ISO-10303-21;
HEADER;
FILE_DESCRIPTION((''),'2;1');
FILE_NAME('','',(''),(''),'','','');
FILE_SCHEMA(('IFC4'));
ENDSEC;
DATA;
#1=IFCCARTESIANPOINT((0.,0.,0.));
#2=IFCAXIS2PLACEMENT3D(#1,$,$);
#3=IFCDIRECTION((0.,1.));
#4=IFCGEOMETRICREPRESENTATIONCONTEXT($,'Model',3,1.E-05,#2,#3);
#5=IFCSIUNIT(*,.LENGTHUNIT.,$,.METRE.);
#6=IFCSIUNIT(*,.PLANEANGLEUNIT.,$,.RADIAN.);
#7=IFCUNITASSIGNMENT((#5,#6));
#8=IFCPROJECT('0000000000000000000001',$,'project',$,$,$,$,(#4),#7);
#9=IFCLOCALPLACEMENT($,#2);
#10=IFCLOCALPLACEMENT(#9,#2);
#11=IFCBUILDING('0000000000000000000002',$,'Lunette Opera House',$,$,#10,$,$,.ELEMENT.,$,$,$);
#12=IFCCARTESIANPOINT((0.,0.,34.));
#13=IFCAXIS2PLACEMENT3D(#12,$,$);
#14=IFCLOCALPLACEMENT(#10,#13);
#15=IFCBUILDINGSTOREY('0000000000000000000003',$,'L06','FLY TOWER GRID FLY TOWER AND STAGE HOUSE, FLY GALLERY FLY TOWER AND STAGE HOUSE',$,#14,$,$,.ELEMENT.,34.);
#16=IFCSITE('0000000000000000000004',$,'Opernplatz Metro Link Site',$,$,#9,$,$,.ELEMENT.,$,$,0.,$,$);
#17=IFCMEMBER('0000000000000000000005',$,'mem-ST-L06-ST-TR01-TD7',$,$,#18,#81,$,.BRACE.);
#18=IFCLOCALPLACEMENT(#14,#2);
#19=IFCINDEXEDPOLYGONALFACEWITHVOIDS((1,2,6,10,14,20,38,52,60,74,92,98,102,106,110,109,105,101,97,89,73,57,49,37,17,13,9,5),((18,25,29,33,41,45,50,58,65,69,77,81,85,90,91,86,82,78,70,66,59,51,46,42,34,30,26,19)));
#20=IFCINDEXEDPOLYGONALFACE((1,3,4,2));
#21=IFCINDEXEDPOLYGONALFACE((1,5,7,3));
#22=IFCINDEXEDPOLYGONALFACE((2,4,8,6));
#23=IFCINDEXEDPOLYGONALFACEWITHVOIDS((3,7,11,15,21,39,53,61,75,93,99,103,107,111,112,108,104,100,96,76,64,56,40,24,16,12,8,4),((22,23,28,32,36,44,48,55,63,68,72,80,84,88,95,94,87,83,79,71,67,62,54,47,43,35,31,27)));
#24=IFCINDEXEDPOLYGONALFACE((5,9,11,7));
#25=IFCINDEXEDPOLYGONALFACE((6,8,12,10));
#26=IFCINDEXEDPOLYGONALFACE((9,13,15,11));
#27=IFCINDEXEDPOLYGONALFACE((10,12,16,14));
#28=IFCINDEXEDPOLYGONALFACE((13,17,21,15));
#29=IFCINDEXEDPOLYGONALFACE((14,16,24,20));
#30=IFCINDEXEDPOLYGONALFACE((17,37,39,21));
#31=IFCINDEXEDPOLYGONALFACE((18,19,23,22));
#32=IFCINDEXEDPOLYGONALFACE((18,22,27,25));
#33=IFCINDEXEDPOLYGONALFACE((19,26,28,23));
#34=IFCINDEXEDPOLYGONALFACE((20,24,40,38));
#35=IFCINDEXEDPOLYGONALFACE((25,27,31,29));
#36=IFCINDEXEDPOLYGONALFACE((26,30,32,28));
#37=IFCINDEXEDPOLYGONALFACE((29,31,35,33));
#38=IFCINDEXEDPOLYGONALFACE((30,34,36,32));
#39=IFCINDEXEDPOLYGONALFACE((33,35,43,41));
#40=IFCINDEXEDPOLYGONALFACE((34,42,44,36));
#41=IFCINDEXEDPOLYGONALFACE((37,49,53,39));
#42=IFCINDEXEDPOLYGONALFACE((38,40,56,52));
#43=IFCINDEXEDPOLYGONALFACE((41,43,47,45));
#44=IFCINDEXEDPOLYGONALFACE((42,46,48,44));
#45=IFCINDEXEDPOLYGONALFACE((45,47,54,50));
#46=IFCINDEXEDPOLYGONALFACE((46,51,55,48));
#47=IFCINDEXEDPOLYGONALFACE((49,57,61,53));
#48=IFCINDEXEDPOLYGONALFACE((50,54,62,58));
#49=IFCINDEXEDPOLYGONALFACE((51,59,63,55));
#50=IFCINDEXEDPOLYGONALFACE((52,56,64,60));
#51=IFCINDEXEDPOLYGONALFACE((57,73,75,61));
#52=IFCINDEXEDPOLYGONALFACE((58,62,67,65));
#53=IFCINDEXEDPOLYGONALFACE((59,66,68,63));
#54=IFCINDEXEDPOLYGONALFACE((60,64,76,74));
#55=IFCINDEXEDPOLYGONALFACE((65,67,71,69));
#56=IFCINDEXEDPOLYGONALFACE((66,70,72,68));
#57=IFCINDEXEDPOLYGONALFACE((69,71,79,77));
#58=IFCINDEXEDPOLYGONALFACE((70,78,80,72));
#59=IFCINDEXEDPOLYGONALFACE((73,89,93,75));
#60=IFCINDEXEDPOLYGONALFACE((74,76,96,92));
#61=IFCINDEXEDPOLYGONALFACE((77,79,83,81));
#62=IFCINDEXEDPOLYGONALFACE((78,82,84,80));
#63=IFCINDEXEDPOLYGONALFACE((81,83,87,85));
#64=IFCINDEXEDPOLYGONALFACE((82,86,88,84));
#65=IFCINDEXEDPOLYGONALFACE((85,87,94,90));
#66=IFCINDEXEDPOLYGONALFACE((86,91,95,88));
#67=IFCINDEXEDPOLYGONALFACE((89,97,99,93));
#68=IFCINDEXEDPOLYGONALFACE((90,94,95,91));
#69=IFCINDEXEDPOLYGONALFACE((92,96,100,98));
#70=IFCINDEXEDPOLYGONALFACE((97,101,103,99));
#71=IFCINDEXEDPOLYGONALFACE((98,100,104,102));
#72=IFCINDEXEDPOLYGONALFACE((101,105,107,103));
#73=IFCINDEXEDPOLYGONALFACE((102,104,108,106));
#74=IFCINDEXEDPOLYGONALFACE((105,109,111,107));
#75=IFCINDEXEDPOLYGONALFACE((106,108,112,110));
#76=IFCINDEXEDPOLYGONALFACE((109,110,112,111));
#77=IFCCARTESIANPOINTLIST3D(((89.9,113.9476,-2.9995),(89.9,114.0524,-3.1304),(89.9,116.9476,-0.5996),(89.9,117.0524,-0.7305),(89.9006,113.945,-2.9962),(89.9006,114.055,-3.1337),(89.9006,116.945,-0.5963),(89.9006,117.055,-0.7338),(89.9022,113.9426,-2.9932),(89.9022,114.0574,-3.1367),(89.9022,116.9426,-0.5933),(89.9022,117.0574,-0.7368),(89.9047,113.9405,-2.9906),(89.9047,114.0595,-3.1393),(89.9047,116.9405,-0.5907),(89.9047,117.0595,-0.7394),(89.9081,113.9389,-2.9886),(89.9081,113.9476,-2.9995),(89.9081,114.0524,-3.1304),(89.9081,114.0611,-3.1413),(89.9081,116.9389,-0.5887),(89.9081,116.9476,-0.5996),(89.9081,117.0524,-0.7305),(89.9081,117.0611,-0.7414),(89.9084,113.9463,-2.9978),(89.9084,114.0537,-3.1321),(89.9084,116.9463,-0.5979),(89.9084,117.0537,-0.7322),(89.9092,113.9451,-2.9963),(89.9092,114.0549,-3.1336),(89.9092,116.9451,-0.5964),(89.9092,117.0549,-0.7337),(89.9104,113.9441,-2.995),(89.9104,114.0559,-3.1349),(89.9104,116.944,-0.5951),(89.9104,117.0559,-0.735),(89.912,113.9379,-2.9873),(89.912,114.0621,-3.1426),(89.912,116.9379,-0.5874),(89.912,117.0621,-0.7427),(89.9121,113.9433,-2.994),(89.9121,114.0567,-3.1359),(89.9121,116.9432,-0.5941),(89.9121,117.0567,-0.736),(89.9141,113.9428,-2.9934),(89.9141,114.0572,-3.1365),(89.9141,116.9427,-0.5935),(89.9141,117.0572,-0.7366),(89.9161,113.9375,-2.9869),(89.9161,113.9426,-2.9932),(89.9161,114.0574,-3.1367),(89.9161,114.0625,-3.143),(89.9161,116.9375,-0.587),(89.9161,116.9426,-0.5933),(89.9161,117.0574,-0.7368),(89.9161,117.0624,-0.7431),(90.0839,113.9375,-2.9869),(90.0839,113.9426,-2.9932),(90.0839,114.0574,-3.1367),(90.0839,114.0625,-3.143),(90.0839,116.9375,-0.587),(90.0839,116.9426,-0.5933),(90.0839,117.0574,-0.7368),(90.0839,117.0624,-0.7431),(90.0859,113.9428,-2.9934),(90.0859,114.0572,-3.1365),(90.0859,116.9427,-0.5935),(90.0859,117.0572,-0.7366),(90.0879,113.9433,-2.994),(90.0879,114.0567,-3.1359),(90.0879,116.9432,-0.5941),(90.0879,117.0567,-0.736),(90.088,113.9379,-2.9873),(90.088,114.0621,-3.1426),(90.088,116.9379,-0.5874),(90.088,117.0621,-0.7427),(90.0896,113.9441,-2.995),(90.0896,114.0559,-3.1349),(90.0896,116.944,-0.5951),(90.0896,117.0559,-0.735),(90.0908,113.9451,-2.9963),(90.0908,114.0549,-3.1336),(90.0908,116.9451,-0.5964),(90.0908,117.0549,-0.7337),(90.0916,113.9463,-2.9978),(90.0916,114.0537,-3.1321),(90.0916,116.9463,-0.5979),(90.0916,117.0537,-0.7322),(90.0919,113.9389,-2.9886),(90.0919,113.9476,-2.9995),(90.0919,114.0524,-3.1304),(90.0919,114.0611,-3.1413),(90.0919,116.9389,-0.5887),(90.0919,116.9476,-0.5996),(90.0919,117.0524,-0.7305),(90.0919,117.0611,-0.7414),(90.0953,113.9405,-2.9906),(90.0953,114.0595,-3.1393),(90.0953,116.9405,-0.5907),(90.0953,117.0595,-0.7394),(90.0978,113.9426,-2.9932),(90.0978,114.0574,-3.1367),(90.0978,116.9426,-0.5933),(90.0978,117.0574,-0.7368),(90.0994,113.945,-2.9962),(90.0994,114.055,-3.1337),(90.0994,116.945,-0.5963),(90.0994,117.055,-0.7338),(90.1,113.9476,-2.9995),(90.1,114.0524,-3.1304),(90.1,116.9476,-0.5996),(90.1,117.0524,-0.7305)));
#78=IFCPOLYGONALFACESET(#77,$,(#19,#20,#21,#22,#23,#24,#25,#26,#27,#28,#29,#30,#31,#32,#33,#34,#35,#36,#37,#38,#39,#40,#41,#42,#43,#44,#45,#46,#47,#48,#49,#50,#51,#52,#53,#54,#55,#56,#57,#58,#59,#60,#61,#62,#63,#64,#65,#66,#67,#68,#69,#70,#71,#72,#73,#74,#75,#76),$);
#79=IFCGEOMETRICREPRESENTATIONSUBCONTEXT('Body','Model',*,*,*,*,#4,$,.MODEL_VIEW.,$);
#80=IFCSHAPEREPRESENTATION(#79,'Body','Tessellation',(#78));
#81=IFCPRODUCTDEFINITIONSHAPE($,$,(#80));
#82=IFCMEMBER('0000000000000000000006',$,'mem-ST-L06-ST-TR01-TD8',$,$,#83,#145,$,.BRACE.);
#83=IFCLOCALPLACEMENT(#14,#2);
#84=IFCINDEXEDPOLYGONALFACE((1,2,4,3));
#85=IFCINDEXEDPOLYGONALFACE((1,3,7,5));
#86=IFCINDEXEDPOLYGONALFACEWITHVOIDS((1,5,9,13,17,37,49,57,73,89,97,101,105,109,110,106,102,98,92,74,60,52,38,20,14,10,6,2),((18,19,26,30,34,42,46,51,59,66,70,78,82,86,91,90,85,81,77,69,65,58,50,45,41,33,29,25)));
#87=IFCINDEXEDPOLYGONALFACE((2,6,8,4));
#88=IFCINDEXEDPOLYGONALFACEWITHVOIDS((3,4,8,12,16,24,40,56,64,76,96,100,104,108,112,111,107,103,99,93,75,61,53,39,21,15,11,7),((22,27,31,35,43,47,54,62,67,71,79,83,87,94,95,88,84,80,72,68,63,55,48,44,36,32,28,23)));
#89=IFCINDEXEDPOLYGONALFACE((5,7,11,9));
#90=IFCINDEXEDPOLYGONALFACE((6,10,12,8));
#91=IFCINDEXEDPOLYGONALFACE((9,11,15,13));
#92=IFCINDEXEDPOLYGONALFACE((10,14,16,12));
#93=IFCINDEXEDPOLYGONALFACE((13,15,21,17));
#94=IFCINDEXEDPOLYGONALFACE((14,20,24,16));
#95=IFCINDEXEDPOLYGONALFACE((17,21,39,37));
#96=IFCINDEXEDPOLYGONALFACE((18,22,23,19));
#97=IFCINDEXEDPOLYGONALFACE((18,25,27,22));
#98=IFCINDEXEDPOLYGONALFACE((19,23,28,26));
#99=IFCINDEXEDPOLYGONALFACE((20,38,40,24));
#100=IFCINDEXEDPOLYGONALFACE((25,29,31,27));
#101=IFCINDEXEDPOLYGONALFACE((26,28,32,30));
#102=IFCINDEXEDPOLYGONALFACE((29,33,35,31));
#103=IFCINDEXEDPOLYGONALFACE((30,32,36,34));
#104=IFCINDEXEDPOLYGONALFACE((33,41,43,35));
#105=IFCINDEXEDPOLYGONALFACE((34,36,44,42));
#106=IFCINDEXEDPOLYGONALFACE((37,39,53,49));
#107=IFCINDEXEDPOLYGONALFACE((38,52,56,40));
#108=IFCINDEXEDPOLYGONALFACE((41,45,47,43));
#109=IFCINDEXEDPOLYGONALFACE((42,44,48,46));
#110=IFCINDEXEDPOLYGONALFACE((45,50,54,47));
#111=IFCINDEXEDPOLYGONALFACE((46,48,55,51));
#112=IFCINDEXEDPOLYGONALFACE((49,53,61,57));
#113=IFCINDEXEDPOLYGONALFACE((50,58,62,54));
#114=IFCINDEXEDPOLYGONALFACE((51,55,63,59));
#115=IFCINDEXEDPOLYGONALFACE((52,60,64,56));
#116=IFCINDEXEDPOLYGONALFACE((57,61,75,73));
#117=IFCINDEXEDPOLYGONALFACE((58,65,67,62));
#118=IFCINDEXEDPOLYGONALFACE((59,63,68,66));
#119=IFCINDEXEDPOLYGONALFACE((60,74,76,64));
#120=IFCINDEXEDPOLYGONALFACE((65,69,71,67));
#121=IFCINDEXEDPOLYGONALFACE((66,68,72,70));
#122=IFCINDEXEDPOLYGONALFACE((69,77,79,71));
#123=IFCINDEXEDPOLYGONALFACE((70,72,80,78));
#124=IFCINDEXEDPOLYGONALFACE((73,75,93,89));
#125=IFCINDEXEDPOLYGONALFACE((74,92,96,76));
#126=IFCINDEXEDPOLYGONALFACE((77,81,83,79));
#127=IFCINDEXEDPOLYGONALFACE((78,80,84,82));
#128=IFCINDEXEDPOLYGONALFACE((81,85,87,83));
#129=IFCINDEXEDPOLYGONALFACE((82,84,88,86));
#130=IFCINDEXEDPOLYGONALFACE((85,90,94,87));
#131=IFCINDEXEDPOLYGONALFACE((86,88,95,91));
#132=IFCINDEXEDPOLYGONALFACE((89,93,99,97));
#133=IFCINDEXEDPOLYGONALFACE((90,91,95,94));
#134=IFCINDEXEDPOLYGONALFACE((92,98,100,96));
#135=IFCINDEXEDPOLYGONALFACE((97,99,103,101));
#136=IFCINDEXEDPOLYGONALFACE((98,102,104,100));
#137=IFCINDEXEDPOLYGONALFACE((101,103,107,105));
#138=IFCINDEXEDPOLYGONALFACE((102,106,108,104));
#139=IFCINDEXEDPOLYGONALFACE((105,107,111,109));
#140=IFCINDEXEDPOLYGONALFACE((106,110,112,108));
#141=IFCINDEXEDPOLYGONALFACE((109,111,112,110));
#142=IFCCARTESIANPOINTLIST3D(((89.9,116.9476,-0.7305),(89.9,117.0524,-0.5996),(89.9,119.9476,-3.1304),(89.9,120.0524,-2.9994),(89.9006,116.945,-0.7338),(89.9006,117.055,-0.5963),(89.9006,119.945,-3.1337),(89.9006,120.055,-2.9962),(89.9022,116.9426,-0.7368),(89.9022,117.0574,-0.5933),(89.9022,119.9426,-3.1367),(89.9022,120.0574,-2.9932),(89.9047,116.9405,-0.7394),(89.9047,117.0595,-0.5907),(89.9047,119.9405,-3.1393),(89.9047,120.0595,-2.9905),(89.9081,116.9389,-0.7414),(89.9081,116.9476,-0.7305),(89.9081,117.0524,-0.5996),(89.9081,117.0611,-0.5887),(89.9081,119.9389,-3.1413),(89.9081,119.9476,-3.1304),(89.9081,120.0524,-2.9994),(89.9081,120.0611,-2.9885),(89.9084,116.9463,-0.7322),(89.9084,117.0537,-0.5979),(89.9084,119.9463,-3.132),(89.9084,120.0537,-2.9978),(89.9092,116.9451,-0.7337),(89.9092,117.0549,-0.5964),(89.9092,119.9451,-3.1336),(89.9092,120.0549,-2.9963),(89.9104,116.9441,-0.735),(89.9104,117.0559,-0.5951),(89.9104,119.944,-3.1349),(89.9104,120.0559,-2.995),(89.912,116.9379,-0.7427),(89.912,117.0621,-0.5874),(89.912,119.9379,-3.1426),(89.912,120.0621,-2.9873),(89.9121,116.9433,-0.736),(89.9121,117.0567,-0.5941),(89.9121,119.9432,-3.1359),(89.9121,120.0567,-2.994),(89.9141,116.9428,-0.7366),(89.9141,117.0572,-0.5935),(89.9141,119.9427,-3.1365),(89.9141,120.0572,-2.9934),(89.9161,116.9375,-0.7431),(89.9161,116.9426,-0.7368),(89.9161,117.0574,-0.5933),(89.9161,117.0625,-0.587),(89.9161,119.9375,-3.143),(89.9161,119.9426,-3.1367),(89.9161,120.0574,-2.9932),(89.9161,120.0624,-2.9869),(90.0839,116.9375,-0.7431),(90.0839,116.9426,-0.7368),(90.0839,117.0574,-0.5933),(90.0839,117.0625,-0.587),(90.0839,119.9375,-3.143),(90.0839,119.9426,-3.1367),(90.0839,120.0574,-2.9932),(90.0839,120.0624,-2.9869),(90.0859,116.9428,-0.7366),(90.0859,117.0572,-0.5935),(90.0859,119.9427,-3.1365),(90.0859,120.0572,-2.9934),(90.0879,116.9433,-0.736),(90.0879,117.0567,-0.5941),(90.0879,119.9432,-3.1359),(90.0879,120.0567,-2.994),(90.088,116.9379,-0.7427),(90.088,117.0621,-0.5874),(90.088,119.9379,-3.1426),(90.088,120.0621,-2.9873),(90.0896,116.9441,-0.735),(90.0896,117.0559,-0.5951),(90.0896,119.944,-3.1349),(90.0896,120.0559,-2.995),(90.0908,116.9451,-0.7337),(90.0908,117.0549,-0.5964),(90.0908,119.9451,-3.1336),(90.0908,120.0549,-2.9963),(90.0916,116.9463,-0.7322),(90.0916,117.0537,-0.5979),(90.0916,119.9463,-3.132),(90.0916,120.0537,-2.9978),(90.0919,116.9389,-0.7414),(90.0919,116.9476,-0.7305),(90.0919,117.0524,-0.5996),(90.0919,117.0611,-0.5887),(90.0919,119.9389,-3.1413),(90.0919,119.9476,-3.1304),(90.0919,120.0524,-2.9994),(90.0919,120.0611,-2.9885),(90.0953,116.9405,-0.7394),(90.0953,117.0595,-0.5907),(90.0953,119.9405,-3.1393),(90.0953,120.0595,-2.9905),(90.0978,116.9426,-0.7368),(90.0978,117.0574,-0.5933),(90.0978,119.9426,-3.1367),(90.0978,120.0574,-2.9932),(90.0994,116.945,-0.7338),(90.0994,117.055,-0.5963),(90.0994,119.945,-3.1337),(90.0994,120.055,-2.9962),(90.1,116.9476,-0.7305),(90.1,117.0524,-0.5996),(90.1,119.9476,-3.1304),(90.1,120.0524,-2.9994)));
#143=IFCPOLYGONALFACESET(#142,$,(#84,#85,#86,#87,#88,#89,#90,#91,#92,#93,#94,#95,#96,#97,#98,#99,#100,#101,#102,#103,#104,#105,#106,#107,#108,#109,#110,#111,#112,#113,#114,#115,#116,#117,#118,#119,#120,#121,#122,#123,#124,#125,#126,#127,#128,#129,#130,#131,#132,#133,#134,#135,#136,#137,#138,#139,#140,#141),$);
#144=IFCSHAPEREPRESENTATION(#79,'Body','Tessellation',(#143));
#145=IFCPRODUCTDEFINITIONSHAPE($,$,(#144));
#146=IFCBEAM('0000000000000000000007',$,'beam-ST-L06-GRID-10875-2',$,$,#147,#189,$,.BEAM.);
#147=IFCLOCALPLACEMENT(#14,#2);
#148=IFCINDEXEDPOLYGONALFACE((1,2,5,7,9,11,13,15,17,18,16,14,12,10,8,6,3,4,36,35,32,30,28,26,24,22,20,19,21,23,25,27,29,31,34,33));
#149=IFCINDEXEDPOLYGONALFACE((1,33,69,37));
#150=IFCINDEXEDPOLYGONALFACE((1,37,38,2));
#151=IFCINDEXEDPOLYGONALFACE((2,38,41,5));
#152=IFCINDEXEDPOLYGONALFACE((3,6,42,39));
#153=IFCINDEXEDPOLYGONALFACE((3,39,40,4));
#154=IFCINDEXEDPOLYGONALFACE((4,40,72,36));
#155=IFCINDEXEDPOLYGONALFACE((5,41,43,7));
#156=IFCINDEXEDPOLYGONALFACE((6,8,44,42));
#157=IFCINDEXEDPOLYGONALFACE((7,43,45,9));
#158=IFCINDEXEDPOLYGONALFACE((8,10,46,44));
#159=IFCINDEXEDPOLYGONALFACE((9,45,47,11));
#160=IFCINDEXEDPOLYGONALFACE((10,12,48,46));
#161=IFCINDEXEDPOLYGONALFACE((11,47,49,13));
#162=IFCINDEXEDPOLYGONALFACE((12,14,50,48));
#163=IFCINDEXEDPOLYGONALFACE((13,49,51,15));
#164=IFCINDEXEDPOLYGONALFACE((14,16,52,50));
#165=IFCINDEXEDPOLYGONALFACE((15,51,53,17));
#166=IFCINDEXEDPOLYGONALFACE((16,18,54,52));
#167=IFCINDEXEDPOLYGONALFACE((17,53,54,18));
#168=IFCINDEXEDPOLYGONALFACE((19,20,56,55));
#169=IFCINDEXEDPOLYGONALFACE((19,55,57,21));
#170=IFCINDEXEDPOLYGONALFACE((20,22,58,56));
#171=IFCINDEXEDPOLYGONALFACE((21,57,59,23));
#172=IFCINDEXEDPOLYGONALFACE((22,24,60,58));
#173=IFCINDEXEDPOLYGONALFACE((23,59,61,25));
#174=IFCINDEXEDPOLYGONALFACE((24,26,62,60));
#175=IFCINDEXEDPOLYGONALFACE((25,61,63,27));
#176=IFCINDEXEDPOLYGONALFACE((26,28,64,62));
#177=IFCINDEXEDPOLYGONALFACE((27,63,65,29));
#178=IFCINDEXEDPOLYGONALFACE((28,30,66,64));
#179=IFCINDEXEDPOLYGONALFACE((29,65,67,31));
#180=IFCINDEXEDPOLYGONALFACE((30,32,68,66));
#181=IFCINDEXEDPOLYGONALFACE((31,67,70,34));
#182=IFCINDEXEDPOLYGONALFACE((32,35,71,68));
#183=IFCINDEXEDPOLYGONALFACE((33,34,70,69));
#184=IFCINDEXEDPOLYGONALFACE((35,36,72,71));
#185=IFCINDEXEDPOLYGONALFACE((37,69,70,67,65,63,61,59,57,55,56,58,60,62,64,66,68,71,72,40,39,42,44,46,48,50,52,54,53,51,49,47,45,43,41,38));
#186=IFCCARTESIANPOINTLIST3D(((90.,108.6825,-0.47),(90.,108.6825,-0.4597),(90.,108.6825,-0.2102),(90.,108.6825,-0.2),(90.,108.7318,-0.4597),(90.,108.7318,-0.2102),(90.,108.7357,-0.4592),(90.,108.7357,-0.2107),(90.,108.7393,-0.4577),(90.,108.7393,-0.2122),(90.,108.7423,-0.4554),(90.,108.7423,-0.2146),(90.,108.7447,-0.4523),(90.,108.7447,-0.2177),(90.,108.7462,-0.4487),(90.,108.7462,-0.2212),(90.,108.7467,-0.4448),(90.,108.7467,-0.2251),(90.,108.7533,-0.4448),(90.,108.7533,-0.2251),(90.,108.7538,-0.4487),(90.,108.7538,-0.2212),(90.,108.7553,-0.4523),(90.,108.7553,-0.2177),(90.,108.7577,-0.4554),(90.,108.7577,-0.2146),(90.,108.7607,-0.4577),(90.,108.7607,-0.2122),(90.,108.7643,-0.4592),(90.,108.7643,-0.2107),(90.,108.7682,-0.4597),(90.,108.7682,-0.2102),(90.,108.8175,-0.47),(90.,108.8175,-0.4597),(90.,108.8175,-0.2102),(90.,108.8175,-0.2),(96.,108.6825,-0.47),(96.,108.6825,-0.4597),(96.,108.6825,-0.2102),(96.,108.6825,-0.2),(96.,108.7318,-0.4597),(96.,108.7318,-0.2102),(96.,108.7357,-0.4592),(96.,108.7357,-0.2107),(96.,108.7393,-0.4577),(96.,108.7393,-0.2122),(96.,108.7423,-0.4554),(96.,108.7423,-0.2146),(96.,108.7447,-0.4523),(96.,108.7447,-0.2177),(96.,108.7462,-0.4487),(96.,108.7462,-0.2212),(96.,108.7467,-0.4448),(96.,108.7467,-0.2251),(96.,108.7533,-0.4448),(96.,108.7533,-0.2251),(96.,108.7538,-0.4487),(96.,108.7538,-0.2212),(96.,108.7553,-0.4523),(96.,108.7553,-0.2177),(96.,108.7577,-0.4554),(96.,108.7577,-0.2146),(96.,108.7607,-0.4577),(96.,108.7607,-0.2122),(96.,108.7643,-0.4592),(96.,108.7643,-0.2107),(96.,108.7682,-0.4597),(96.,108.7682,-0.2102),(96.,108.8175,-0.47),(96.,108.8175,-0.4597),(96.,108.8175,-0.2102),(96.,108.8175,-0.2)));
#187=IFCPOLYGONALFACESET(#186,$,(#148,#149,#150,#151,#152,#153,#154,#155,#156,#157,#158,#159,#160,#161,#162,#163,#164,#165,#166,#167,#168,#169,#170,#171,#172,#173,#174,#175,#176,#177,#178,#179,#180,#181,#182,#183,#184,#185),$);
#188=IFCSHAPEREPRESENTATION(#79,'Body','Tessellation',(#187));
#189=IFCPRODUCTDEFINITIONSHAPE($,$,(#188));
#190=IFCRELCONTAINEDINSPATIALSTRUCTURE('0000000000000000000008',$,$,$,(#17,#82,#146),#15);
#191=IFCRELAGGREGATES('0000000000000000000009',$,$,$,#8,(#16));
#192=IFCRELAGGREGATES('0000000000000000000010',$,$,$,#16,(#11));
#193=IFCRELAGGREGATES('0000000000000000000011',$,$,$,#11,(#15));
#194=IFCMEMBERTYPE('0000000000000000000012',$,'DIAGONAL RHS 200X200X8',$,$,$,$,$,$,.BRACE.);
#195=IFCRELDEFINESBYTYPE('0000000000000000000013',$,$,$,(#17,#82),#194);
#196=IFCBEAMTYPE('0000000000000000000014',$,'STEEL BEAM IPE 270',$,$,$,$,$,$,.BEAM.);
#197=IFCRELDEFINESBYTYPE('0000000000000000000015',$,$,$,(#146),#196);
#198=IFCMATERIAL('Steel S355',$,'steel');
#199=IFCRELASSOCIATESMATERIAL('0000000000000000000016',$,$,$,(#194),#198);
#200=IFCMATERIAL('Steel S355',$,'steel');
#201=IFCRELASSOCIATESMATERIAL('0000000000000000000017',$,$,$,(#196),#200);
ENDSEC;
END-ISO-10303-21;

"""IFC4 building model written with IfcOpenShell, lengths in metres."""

from ifc_helpers import new_model, si_unit, direction, frame, origin, origin_2d, place, context, subcontext, project, spatial, hollow_rectangle, i_section, extrude, material, material_profile, profile_set, type_object, element, save


model = new_model("IFC4")

# Units and contexts
model_context = context("Model", 3, precision=1e-05, world=origin(), true_north=direction((0.0, 1.0)))
body_context = subcontext(model_context, "Body", "Model", "MODEL_VIEW")
ifc_project = project(units=[si_unit("LENGTHUNIT", "METRE"), si_unit("PLANEANGLEUNIT", "RADIAN")], contexts=[model_context])

# Site, building, storey
site_placement = place(None, origin())
site = spatial("IfcSite", under=ifc_project, at=site_placement, Name="Opernplatz Metro Link Site", CompositionType="ELEMENT", RefElevation=0.0)
building_placement = place(site_placement, origin())
building = spatial("IfcBuilding", under=site, at=building_placement, Name="Lunette Opera House", CompositionType="ELEMENT")
storey_placement = place(building_placement, frame((0.0, 0.0, 34.0)))
storey = spatial("IfcBuildingStorey", under=building, at=storey_placement, Name="L06", Description="FLY TOWER GRID FLY TOWER AND STAGE HOUSE, FLY GALLERY FLY TOWER AND STAGE HOUSE", CompositionType="ELEMENT", Elevation=34.0)

# Members
ifc_material_1 = material(Name="Steel S355", Category="steel")
ifc_material_profile_1 = material_profile(ifc_material_1, hollow_rectangle(XDim=0.2, YDim=0.2, WallThickness=0.0081, InnerFilletRadius=0.0081, OuterFilletRadius=0.0161, at=origin_2d()), Name="RHS 200X200X8")
ifc_profile_set_1 = profile_set([ifc_material_profile_1], Name="Steel S355")
member_type_1 = type_object("IfcMemberType", Name="DIAGONAL RHS 200X200X8", PredefinedType="BRACE", material=ifc_profile_set_1)
for number, where, z_axis, x_axis, name in (
    (1, (90.0, 114.0, -3.0649), (0.0, 0.780881, 0.62468), (-1.0, 0.0, 0.0), "mem-ST-L06-ST-TR01-TD7"),
    (2, (90.0, 117.0, -0.665), (0.0, 0.780881, -0.62468), (-1.0, 0.0, 0.0), "mem-ST-L06-ST-TR01-TD8"),
):
    element("IfcMember", number, at=place(storey_placement, frame(where, z_axis=z_axis, x_axis=x_axis)), inside=storey, type_object=member_type_1, Name=name, PredefinedType="BRACE", context=body_context, shape_type="SweptSolid", body=[
        extrude(hollow_rectangle(XDim=0.2, YDim=0.2, WallThickness=0.0081, InnerFilletRadius=0.0081, OuterFilletRadius=0.0161, at=origin_2d()), origin(), (0.0, 0.0, 1.0), 3.8418),
    ])

# Beam
ifc_material_2 = material(Name="Steel S355", Category="steel")
ifc_material_profile_2 = material_profile(ifc_material_2, i_section(OverallWidth=0.135, OverallDepth=0.27, WebThickness=0.0066, FlangeThickness=0.0103, FilletRadius=0.0149, at=origin_2d()), Name="IPE 270")
ifc_profile_set_2 = profile_set([ifc_material_profile_2], Name="Steel S355")
beam_type = type_object("IfcBeamType", Name="STEEL BEAM IPE 270", PredefinedType="BEAM", material=ifc_profile_set_2)
beam_1_placement = place(storey_placement, frame((90.0, 108.75, -0.335), z_axis=(1.0, 0.0, 0.0), x_axis=(0.0, 1.0, 0.0)))
element("IfcBeam", 3, at=beam_1_placement, inside=storey, type_object=beam_type, Name="beam-ST-L06-GRID-10875-2", PredefinedType="BEAM", context=body_context, shape_type="SweptSolid", body=[
    extrude(i_section(OverallWidth=0.135, OverallDepth=0.27, WebThickness=0.0066, FlangeThickness=0.0103, FilletRadius=0.0149, at=origin_2d()), origin(), (0.0, 0.0, 1.0), 6.0),
])

save(model, "model.ifc")
